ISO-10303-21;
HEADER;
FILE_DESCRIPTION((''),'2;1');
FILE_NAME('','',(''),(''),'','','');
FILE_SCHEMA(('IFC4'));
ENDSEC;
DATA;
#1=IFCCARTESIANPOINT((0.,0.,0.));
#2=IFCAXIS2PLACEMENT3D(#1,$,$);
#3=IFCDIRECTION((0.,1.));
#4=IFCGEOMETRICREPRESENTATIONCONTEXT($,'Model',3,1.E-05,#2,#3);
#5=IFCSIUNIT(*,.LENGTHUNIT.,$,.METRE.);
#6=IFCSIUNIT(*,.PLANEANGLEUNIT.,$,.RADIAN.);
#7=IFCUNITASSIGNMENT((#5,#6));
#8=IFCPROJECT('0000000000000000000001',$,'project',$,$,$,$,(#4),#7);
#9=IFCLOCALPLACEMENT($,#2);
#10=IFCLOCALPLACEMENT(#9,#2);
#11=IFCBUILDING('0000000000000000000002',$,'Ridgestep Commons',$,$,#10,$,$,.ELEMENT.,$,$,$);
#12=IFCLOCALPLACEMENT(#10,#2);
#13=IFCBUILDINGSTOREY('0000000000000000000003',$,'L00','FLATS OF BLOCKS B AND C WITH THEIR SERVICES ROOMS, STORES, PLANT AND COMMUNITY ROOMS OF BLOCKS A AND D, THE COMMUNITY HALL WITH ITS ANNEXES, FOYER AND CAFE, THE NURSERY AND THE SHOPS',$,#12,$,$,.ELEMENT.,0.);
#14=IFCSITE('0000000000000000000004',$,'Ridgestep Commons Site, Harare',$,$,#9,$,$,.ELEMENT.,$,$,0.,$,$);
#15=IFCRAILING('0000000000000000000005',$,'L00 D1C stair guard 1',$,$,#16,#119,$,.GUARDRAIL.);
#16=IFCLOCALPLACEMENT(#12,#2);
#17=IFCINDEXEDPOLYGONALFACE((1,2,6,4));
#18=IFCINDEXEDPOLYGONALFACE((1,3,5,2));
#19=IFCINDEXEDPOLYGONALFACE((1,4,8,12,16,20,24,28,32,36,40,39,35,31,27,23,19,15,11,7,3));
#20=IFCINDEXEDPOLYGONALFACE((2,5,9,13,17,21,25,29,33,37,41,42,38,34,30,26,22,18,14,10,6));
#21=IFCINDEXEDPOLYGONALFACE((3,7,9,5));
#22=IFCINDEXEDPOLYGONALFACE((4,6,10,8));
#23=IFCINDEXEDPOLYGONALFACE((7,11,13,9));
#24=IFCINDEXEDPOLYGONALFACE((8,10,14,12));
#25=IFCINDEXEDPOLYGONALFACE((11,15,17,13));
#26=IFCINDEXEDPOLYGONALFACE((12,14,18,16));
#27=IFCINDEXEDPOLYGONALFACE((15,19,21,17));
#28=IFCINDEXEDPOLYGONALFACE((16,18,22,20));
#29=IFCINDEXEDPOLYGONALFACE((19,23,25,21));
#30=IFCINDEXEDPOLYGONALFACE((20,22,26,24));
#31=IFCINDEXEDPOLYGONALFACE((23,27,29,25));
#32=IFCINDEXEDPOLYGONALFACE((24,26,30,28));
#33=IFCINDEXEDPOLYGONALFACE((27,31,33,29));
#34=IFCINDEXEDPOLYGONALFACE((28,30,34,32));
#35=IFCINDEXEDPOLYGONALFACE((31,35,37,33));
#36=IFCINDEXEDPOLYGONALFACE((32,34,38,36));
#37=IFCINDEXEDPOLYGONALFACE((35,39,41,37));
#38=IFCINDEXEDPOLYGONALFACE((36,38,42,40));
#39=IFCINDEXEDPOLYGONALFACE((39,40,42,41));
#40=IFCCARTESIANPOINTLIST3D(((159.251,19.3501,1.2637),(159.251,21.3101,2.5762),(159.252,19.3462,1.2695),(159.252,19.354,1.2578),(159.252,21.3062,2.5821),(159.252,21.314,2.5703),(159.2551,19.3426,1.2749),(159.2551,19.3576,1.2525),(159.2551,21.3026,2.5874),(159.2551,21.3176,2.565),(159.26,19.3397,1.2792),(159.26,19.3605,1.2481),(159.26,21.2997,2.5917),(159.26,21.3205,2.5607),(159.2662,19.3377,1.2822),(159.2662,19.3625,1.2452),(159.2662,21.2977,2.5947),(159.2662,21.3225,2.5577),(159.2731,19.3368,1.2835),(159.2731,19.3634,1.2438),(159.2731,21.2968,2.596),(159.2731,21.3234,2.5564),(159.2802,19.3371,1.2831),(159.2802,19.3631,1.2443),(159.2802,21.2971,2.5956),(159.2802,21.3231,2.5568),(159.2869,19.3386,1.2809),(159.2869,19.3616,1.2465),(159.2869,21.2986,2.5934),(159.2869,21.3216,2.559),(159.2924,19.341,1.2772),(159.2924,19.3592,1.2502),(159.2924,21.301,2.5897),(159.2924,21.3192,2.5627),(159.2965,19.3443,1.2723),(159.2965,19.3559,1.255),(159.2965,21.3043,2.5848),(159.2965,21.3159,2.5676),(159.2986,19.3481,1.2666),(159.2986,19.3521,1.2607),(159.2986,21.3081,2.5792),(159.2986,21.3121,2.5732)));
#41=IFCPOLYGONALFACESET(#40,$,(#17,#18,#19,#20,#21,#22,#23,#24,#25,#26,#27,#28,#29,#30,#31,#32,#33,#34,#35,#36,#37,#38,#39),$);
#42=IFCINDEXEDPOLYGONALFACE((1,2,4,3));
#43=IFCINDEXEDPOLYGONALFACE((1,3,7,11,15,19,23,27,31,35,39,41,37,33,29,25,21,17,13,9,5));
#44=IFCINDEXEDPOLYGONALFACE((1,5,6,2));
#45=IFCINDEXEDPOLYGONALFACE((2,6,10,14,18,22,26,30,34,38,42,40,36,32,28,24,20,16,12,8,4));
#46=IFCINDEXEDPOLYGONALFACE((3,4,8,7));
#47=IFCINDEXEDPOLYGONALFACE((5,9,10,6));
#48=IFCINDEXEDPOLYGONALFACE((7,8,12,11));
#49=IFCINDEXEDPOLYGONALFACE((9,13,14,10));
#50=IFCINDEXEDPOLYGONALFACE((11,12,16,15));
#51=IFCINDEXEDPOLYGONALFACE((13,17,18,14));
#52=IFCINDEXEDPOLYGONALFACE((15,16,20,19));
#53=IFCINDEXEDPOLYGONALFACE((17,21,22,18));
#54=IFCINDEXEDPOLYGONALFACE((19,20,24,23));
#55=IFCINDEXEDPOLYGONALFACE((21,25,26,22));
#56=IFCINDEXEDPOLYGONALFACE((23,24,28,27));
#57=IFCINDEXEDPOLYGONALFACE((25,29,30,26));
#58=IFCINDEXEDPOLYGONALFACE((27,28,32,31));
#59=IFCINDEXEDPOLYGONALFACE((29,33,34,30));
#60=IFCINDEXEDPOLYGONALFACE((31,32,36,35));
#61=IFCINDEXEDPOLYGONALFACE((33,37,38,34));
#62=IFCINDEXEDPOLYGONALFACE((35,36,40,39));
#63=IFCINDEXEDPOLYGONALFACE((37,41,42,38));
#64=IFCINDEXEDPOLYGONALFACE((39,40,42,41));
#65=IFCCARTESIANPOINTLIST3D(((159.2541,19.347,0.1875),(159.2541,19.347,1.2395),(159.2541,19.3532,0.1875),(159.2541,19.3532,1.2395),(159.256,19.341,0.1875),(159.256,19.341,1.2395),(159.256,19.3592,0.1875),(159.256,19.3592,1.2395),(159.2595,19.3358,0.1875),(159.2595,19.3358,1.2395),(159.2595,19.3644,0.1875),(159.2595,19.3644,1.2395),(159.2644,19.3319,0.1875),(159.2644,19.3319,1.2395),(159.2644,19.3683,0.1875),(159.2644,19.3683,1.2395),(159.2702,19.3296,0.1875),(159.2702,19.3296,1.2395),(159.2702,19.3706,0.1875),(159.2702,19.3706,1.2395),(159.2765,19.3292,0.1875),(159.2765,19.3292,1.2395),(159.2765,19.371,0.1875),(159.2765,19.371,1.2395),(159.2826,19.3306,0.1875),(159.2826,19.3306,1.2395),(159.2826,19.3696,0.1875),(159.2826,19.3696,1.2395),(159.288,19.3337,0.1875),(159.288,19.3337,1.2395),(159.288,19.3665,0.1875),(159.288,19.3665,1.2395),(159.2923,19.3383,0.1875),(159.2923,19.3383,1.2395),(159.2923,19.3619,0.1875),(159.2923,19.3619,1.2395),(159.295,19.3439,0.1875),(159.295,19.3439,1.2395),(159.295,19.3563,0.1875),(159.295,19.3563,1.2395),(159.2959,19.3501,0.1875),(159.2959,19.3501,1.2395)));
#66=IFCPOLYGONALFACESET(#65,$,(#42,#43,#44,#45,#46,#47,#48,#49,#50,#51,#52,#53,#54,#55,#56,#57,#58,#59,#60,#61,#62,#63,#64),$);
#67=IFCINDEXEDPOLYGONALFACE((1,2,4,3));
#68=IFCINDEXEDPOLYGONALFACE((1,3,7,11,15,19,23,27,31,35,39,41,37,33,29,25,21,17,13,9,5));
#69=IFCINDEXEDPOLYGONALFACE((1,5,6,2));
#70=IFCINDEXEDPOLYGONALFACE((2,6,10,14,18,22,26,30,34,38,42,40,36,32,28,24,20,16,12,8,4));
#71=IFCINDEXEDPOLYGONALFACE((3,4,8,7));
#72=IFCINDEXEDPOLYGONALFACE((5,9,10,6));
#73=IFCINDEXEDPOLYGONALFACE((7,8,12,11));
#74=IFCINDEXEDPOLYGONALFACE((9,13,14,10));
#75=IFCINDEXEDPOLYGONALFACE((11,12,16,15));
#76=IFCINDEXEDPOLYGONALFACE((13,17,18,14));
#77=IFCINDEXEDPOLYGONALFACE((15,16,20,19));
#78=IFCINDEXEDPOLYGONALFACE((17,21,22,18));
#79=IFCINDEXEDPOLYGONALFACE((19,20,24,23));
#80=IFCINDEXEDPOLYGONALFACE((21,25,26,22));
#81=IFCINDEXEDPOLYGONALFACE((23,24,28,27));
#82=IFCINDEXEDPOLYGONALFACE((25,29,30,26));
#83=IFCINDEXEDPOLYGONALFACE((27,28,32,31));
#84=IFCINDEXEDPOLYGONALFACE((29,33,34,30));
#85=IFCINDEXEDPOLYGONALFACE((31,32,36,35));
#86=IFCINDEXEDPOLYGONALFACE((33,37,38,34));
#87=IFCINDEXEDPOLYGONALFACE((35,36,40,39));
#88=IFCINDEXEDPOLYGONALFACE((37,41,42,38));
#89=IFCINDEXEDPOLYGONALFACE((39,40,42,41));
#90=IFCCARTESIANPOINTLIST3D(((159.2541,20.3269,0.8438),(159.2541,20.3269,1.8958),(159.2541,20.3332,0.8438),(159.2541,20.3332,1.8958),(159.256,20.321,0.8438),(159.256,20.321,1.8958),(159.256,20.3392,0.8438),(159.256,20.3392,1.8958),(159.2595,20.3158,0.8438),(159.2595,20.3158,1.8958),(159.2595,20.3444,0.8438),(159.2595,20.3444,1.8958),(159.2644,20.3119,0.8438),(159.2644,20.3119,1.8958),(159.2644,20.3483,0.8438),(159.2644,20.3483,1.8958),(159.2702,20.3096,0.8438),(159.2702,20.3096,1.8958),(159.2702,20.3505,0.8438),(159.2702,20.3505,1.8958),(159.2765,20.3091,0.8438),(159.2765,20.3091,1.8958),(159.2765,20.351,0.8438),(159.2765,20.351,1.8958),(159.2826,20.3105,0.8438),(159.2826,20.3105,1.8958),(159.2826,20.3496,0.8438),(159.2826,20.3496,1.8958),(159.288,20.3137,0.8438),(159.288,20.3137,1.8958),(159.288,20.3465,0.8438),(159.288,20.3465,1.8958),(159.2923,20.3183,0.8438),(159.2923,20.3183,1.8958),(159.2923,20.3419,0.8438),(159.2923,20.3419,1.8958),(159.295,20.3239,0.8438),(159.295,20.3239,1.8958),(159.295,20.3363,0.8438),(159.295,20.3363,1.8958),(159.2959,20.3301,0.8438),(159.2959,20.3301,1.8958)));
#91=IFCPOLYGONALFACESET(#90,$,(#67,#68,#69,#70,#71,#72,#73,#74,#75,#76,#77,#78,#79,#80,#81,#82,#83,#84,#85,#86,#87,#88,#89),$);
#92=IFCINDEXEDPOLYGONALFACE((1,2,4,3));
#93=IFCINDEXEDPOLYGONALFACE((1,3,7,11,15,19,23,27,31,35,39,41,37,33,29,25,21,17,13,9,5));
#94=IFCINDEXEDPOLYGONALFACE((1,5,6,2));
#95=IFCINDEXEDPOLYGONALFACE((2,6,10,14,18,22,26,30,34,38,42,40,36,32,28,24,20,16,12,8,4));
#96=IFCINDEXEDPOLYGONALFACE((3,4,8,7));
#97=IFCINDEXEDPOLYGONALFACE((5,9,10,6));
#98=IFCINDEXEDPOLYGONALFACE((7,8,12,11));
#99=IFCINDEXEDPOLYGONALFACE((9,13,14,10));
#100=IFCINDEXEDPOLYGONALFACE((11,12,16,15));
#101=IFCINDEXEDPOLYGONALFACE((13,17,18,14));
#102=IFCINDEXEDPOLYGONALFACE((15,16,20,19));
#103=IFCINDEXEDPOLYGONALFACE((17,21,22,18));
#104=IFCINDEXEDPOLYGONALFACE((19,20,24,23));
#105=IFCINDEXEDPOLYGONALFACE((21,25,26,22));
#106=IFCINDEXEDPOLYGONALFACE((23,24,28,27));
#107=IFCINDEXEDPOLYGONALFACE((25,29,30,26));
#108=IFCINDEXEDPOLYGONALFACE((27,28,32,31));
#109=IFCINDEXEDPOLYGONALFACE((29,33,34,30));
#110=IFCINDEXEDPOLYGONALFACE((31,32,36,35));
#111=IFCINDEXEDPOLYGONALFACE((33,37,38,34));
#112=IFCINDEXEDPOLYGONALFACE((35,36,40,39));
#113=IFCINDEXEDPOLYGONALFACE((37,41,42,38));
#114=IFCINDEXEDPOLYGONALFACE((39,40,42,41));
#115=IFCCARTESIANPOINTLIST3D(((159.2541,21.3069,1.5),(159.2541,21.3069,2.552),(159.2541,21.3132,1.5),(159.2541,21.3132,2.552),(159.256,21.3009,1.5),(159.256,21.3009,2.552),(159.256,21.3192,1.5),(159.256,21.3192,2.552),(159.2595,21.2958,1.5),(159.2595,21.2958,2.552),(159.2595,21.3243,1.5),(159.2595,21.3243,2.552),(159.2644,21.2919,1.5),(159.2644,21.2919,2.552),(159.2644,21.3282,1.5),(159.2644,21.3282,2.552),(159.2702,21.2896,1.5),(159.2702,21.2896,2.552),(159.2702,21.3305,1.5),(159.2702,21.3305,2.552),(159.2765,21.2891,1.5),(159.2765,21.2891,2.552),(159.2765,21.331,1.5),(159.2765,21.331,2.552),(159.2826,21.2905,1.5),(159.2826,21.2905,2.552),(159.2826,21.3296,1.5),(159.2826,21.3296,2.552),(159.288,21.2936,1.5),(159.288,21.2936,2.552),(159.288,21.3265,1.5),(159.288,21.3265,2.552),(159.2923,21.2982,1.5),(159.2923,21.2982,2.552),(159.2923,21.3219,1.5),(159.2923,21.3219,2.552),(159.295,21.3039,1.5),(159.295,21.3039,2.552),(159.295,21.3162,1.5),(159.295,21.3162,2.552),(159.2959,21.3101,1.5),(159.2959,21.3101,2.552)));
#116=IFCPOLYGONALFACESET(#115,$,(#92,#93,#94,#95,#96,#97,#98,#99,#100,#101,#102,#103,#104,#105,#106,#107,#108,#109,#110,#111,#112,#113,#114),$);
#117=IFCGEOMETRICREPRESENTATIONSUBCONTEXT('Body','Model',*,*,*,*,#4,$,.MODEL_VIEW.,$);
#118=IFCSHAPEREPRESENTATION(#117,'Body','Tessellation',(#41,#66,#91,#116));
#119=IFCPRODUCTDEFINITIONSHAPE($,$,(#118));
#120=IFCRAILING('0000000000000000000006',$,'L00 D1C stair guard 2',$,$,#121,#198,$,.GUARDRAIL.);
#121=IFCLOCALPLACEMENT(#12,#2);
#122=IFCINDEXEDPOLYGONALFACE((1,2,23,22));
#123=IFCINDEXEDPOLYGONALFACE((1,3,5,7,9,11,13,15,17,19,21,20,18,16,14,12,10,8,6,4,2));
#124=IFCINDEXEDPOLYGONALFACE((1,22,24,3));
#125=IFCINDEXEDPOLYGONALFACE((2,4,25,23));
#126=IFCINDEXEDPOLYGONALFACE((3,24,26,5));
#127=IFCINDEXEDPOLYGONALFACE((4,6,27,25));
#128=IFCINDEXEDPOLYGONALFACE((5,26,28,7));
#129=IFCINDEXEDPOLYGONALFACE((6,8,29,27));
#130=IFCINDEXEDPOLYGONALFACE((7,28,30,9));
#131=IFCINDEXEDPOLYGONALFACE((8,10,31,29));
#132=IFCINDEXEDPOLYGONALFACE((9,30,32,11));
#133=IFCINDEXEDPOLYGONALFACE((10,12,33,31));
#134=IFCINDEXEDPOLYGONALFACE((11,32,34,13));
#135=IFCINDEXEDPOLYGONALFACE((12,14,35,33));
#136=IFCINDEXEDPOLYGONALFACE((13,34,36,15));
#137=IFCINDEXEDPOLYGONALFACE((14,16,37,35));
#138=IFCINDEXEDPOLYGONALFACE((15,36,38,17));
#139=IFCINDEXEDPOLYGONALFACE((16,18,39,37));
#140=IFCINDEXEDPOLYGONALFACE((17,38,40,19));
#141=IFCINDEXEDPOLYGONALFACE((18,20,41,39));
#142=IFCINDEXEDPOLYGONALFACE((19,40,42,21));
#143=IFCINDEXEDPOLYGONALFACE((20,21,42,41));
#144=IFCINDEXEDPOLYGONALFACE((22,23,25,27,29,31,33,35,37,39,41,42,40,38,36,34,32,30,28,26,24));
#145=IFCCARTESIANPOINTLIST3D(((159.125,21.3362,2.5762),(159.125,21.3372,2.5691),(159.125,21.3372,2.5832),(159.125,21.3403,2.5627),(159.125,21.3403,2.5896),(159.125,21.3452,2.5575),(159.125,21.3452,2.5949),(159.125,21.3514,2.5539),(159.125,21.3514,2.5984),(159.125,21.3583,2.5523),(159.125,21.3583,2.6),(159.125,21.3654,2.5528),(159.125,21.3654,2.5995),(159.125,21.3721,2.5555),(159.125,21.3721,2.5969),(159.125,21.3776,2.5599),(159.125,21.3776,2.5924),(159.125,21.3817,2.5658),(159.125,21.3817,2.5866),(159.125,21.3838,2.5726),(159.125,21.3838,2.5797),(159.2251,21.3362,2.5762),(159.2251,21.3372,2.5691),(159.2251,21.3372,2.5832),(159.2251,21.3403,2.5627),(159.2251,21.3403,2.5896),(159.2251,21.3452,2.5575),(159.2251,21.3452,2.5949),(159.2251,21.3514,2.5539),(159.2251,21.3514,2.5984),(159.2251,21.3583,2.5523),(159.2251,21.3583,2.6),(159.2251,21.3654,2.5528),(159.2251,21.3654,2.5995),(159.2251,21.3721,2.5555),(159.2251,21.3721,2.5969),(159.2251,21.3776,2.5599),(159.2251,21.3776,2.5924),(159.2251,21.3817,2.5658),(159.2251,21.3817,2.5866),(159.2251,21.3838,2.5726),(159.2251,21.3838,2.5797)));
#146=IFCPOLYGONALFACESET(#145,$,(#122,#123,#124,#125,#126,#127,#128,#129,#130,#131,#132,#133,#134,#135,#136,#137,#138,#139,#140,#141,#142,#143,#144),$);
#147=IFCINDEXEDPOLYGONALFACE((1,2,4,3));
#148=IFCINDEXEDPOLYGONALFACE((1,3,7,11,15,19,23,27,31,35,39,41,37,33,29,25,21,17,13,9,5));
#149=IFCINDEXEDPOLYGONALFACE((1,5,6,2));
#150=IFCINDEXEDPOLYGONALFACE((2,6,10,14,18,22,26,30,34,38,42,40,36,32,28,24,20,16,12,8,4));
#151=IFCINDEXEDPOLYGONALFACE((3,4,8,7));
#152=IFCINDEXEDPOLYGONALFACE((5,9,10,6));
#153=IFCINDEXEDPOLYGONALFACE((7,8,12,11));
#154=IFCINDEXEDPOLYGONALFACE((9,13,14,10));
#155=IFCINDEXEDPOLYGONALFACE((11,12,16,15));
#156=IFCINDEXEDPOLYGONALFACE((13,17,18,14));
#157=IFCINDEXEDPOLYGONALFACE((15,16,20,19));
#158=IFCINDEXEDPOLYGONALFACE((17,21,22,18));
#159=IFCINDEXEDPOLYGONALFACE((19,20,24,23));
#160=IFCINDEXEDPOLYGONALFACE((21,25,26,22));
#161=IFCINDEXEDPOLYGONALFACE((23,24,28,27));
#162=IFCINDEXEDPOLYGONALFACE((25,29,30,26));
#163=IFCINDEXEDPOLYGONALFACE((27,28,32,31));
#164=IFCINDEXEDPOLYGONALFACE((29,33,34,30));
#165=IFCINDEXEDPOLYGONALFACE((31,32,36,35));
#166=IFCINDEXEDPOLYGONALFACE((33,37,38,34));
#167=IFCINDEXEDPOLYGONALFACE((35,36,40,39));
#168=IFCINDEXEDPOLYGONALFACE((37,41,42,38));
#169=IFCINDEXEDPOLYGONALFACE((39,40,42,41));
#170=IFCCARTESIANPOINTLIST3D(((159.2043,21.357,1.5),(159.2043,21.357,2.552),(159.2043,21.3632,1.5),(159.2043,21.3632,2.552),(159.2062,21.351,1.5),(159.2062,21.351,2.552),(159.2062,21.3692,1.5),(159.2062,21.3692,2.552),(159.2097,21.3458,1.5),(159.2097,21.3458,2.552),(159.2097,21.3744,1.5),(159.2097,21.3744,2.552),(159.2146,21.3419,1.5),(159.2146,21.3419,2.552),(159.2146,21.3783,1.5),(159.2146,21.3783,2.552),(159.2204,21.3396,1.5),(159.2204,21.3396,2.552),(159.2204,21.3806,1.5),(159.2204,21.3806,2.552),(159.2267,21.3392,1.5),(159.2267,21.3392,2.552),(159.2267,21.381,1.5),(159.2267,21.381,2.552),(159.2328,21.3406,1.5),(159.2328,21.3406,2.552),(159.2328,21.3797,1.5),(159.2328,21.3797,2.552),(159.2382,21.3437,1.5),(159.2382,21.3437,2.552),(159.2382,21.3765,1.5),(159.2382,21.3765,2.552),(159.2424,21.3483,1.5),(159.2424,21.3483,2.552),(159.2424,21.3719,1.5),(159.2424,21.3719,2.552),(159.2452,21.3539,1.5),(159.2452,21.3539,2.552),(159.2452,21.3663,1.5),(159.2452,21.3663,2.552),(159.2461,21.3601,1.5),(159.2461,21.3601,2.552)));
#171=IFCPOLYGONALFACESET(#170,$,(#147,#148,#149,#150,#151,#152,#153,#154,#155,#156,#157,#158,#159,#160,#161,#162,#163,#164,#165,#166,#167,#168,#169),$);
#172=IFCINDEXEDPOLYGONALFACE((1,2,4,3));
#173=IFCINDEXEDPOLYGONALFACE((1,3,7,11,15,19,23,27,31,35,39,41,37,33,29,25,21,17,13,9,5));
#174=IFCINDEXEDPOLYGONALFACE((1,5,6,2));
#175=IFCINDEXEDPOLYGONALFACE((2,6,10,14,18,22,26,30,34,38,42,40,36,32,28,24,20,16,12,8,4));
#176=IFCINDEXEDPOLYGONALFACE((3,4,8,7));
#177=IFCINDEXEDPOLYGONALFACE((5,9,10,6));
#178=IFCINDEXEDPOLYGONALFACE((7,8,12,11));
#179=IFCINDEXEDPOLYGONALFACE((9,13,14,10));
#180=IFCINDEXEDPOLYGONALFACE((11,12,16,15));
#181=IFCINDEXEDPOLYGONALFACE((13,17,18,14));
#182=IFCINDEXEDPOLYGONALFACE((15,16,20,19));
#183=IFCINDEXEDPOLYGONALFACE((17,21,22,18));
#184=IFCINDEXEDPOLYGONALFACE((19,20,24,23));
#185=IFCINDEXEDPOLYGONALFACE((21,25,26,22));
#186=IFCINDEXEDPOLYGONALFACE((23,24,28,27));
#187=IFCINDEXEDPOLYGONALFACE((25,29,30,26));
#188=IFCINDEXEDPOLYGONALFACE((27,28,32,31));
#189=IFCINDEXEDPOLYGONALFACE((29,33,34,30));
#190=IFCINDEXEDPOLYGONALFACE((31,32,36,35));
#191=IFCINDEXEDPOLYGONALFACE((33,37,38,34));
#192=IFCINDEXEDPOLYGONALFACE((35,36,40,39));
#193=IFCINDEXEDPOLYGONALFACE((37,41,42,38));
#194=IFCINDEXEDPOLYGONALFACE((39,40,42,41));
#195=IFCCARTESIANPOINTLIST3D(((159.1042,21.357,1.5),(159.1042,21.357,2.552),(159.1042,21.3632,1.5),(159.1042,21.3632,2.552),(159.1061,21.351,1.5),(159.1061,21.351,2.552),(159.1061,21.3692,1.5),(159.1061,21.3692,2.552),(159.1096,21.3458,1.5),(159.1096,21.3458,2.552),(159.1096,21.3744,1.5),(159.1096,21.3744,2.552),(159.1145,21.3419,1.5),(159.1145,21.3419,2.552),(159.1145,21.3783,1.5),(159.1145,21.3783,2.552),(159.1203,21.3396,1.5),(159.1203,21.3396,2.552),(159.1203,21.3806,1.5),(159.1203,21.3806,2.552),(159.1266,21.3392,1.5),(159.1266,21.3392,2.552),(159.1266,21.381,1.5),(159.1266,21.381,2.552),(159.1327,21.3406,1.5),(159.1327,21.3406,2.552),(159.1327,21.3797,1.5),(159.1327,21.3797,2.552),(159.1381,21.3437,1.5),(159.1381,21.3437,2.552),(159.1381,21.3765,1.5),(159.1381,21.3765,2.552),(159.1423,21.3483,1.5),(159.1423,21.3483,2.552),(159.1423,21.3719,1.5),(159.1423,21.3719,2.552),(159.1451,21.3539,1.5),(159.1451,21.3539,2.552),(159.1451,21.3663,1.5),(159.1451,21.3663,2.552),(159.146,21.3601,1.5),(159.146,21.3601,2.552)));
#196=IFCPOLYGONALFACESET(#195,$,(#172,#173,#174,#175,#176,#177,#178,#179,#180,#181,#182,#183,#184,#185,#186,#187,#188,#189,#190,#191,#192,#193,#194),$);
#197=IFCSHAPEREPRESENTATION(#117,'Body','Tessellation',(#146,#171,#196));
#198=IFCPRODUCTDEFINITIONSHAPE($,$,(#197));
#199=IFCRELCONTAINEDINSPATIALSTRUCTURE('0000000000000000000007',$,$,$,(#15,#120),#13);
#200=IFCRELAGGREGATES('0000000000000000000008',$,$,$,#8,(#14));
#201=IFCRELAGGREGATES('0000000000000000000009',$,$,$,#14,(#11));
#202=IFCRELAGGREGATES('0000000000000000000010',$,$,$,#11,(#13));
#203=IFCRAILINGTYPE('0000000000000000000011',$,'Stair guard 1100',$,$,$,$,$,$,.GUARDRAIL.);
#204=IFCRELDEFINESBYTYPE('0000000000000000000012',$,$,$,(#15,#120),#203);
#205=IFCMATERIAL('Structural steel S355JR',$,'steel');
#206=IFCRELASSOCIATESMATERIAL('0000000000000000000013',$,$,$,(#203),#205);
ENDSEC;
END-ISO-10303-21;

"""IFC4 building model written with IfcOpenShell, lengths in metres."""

from ifc_helpers import new_model, si_unit, direction, frame, origin, origin_2d, place, context, subcontext, project, spatial, circle, extrude, material, type_object, element, save


model = new_model("IFC4")

# Units and contexts
model_context = context("Model", 3, precision=1e-05, world=origin(), true_north=direction((0.0, 1.0)))
body_context = subcontext(model_context, "Body", "Model", "MODEL_VIEW")
ifc_project = project(units=[si_unit("LENGTHUNIT", "METRE"), si_unit("PLANEANGLEUNIT", "RADIAN")], contexts=[model_context])

# Site, building, storey
site_placement = place(None, origin())
site = spatial("IfcSite", under=ifc_project, at=site_placement, Name="Ridgestep Commons Site, Harare", CompositionType="ELEMENT", RefElevation=0.0)
building_placement = place(site_placement, origin())
building = spatial("IfcBuilding", under=site, at=building_placement, Name="Ridgestep Commons", CompositionType="ELEMENT")
storey_placement = place(building_placement, origin())
storey = spatial("IfcBuildingStorey", under=building, at=storey_placement, Name="L00", Description="FLATS OF BLOCKS B AND C WITH THEIR SERVICES ROOMS, STORES, PLANT AND COMMUNITY ROOMS OF BLOCKS A AND D, THE COMMUNITY HALL WITH ITS ANNEXES, FOYER AND CAFE, THE NURSERY AND THE SHOPS", CompositionType="ELEMENT", Elevation=0.0)

# Railings
ifc_material_1 = material(Name="Structural steel S355JR", Category="steel")
railing_type_1 = type_object("IfcRailingType", Name="Stair guard 1100", PredefinedType="GUARDRAIL", material=ifc_material_1)
railing_1_placement = place(storey_placement, frame((159.2749, 19.3501, 0.1875)))
element("IfcRailing", 1, at=railing_1_placement, inside=storey, type_object=railing_type_1, Name="L00 D1C stair guard 1", PredefinedType="GUARDRAIL", context=body_context, shape_type="SweptSolid", body=[
    extrude(circle(Radius=0.0239, at=origin_2d()), frame((0.0, 0.0, 1.0762), z_axis=(0.0, 0.830902, 0.556419), x_axis=(-1.0, 0.0, 0.0)), (0.0, 0.0, 1.0), 2.3589),
    extrude(circle(Radius=0.021, at=origin_2d()), origin(), (0.0, 0.0, 1.0), 1.052),
    extrude(circle(Radius=0.021, at=origin_2d()), frame((0.0, 0.98, 0.6562)), (0.0, 0.0, 1.0), 1.052),
    extrude(circle(Radius=0.021, at=origin_2d()), frame((0.0, 1.96, 1.3125)), (0.0, 0.0, 1.0), 1.052),
])
railing_2_placement = place(storey_placement, frame((159.2251, 21.3601, 1.5)))
element("IfcRailing", 2, at=railing_2_placement, inside=storey, type_object=railing_type_1, Name="L00 D1C stair guard 2", PredefinedType="GUARDRAIL", context=body_context, shape_type="SweptSolid", body=[
    extrude(circle(Radius=0.0239, at=origin_2d()), frame((0.0, 0.0, 1.0762), z_axis=(-1.0, 0.0, 0.0), x_axis=(0.0, -1.0, 0.0)), (0.0, 0.0, 1.0), 0.1001),
    extrude(circle(Radius=0.021, at=origin_2d()), origin(), (0.0, 0.0, 1.0), 1.052),
    extrude(circle(Radius=0.021, at=origin_2d()), frame((-0.1001, 0.0, 0.0)), (0.0, 0.0, 1.0), 1.052),
])

save(model, "model.ifc")
